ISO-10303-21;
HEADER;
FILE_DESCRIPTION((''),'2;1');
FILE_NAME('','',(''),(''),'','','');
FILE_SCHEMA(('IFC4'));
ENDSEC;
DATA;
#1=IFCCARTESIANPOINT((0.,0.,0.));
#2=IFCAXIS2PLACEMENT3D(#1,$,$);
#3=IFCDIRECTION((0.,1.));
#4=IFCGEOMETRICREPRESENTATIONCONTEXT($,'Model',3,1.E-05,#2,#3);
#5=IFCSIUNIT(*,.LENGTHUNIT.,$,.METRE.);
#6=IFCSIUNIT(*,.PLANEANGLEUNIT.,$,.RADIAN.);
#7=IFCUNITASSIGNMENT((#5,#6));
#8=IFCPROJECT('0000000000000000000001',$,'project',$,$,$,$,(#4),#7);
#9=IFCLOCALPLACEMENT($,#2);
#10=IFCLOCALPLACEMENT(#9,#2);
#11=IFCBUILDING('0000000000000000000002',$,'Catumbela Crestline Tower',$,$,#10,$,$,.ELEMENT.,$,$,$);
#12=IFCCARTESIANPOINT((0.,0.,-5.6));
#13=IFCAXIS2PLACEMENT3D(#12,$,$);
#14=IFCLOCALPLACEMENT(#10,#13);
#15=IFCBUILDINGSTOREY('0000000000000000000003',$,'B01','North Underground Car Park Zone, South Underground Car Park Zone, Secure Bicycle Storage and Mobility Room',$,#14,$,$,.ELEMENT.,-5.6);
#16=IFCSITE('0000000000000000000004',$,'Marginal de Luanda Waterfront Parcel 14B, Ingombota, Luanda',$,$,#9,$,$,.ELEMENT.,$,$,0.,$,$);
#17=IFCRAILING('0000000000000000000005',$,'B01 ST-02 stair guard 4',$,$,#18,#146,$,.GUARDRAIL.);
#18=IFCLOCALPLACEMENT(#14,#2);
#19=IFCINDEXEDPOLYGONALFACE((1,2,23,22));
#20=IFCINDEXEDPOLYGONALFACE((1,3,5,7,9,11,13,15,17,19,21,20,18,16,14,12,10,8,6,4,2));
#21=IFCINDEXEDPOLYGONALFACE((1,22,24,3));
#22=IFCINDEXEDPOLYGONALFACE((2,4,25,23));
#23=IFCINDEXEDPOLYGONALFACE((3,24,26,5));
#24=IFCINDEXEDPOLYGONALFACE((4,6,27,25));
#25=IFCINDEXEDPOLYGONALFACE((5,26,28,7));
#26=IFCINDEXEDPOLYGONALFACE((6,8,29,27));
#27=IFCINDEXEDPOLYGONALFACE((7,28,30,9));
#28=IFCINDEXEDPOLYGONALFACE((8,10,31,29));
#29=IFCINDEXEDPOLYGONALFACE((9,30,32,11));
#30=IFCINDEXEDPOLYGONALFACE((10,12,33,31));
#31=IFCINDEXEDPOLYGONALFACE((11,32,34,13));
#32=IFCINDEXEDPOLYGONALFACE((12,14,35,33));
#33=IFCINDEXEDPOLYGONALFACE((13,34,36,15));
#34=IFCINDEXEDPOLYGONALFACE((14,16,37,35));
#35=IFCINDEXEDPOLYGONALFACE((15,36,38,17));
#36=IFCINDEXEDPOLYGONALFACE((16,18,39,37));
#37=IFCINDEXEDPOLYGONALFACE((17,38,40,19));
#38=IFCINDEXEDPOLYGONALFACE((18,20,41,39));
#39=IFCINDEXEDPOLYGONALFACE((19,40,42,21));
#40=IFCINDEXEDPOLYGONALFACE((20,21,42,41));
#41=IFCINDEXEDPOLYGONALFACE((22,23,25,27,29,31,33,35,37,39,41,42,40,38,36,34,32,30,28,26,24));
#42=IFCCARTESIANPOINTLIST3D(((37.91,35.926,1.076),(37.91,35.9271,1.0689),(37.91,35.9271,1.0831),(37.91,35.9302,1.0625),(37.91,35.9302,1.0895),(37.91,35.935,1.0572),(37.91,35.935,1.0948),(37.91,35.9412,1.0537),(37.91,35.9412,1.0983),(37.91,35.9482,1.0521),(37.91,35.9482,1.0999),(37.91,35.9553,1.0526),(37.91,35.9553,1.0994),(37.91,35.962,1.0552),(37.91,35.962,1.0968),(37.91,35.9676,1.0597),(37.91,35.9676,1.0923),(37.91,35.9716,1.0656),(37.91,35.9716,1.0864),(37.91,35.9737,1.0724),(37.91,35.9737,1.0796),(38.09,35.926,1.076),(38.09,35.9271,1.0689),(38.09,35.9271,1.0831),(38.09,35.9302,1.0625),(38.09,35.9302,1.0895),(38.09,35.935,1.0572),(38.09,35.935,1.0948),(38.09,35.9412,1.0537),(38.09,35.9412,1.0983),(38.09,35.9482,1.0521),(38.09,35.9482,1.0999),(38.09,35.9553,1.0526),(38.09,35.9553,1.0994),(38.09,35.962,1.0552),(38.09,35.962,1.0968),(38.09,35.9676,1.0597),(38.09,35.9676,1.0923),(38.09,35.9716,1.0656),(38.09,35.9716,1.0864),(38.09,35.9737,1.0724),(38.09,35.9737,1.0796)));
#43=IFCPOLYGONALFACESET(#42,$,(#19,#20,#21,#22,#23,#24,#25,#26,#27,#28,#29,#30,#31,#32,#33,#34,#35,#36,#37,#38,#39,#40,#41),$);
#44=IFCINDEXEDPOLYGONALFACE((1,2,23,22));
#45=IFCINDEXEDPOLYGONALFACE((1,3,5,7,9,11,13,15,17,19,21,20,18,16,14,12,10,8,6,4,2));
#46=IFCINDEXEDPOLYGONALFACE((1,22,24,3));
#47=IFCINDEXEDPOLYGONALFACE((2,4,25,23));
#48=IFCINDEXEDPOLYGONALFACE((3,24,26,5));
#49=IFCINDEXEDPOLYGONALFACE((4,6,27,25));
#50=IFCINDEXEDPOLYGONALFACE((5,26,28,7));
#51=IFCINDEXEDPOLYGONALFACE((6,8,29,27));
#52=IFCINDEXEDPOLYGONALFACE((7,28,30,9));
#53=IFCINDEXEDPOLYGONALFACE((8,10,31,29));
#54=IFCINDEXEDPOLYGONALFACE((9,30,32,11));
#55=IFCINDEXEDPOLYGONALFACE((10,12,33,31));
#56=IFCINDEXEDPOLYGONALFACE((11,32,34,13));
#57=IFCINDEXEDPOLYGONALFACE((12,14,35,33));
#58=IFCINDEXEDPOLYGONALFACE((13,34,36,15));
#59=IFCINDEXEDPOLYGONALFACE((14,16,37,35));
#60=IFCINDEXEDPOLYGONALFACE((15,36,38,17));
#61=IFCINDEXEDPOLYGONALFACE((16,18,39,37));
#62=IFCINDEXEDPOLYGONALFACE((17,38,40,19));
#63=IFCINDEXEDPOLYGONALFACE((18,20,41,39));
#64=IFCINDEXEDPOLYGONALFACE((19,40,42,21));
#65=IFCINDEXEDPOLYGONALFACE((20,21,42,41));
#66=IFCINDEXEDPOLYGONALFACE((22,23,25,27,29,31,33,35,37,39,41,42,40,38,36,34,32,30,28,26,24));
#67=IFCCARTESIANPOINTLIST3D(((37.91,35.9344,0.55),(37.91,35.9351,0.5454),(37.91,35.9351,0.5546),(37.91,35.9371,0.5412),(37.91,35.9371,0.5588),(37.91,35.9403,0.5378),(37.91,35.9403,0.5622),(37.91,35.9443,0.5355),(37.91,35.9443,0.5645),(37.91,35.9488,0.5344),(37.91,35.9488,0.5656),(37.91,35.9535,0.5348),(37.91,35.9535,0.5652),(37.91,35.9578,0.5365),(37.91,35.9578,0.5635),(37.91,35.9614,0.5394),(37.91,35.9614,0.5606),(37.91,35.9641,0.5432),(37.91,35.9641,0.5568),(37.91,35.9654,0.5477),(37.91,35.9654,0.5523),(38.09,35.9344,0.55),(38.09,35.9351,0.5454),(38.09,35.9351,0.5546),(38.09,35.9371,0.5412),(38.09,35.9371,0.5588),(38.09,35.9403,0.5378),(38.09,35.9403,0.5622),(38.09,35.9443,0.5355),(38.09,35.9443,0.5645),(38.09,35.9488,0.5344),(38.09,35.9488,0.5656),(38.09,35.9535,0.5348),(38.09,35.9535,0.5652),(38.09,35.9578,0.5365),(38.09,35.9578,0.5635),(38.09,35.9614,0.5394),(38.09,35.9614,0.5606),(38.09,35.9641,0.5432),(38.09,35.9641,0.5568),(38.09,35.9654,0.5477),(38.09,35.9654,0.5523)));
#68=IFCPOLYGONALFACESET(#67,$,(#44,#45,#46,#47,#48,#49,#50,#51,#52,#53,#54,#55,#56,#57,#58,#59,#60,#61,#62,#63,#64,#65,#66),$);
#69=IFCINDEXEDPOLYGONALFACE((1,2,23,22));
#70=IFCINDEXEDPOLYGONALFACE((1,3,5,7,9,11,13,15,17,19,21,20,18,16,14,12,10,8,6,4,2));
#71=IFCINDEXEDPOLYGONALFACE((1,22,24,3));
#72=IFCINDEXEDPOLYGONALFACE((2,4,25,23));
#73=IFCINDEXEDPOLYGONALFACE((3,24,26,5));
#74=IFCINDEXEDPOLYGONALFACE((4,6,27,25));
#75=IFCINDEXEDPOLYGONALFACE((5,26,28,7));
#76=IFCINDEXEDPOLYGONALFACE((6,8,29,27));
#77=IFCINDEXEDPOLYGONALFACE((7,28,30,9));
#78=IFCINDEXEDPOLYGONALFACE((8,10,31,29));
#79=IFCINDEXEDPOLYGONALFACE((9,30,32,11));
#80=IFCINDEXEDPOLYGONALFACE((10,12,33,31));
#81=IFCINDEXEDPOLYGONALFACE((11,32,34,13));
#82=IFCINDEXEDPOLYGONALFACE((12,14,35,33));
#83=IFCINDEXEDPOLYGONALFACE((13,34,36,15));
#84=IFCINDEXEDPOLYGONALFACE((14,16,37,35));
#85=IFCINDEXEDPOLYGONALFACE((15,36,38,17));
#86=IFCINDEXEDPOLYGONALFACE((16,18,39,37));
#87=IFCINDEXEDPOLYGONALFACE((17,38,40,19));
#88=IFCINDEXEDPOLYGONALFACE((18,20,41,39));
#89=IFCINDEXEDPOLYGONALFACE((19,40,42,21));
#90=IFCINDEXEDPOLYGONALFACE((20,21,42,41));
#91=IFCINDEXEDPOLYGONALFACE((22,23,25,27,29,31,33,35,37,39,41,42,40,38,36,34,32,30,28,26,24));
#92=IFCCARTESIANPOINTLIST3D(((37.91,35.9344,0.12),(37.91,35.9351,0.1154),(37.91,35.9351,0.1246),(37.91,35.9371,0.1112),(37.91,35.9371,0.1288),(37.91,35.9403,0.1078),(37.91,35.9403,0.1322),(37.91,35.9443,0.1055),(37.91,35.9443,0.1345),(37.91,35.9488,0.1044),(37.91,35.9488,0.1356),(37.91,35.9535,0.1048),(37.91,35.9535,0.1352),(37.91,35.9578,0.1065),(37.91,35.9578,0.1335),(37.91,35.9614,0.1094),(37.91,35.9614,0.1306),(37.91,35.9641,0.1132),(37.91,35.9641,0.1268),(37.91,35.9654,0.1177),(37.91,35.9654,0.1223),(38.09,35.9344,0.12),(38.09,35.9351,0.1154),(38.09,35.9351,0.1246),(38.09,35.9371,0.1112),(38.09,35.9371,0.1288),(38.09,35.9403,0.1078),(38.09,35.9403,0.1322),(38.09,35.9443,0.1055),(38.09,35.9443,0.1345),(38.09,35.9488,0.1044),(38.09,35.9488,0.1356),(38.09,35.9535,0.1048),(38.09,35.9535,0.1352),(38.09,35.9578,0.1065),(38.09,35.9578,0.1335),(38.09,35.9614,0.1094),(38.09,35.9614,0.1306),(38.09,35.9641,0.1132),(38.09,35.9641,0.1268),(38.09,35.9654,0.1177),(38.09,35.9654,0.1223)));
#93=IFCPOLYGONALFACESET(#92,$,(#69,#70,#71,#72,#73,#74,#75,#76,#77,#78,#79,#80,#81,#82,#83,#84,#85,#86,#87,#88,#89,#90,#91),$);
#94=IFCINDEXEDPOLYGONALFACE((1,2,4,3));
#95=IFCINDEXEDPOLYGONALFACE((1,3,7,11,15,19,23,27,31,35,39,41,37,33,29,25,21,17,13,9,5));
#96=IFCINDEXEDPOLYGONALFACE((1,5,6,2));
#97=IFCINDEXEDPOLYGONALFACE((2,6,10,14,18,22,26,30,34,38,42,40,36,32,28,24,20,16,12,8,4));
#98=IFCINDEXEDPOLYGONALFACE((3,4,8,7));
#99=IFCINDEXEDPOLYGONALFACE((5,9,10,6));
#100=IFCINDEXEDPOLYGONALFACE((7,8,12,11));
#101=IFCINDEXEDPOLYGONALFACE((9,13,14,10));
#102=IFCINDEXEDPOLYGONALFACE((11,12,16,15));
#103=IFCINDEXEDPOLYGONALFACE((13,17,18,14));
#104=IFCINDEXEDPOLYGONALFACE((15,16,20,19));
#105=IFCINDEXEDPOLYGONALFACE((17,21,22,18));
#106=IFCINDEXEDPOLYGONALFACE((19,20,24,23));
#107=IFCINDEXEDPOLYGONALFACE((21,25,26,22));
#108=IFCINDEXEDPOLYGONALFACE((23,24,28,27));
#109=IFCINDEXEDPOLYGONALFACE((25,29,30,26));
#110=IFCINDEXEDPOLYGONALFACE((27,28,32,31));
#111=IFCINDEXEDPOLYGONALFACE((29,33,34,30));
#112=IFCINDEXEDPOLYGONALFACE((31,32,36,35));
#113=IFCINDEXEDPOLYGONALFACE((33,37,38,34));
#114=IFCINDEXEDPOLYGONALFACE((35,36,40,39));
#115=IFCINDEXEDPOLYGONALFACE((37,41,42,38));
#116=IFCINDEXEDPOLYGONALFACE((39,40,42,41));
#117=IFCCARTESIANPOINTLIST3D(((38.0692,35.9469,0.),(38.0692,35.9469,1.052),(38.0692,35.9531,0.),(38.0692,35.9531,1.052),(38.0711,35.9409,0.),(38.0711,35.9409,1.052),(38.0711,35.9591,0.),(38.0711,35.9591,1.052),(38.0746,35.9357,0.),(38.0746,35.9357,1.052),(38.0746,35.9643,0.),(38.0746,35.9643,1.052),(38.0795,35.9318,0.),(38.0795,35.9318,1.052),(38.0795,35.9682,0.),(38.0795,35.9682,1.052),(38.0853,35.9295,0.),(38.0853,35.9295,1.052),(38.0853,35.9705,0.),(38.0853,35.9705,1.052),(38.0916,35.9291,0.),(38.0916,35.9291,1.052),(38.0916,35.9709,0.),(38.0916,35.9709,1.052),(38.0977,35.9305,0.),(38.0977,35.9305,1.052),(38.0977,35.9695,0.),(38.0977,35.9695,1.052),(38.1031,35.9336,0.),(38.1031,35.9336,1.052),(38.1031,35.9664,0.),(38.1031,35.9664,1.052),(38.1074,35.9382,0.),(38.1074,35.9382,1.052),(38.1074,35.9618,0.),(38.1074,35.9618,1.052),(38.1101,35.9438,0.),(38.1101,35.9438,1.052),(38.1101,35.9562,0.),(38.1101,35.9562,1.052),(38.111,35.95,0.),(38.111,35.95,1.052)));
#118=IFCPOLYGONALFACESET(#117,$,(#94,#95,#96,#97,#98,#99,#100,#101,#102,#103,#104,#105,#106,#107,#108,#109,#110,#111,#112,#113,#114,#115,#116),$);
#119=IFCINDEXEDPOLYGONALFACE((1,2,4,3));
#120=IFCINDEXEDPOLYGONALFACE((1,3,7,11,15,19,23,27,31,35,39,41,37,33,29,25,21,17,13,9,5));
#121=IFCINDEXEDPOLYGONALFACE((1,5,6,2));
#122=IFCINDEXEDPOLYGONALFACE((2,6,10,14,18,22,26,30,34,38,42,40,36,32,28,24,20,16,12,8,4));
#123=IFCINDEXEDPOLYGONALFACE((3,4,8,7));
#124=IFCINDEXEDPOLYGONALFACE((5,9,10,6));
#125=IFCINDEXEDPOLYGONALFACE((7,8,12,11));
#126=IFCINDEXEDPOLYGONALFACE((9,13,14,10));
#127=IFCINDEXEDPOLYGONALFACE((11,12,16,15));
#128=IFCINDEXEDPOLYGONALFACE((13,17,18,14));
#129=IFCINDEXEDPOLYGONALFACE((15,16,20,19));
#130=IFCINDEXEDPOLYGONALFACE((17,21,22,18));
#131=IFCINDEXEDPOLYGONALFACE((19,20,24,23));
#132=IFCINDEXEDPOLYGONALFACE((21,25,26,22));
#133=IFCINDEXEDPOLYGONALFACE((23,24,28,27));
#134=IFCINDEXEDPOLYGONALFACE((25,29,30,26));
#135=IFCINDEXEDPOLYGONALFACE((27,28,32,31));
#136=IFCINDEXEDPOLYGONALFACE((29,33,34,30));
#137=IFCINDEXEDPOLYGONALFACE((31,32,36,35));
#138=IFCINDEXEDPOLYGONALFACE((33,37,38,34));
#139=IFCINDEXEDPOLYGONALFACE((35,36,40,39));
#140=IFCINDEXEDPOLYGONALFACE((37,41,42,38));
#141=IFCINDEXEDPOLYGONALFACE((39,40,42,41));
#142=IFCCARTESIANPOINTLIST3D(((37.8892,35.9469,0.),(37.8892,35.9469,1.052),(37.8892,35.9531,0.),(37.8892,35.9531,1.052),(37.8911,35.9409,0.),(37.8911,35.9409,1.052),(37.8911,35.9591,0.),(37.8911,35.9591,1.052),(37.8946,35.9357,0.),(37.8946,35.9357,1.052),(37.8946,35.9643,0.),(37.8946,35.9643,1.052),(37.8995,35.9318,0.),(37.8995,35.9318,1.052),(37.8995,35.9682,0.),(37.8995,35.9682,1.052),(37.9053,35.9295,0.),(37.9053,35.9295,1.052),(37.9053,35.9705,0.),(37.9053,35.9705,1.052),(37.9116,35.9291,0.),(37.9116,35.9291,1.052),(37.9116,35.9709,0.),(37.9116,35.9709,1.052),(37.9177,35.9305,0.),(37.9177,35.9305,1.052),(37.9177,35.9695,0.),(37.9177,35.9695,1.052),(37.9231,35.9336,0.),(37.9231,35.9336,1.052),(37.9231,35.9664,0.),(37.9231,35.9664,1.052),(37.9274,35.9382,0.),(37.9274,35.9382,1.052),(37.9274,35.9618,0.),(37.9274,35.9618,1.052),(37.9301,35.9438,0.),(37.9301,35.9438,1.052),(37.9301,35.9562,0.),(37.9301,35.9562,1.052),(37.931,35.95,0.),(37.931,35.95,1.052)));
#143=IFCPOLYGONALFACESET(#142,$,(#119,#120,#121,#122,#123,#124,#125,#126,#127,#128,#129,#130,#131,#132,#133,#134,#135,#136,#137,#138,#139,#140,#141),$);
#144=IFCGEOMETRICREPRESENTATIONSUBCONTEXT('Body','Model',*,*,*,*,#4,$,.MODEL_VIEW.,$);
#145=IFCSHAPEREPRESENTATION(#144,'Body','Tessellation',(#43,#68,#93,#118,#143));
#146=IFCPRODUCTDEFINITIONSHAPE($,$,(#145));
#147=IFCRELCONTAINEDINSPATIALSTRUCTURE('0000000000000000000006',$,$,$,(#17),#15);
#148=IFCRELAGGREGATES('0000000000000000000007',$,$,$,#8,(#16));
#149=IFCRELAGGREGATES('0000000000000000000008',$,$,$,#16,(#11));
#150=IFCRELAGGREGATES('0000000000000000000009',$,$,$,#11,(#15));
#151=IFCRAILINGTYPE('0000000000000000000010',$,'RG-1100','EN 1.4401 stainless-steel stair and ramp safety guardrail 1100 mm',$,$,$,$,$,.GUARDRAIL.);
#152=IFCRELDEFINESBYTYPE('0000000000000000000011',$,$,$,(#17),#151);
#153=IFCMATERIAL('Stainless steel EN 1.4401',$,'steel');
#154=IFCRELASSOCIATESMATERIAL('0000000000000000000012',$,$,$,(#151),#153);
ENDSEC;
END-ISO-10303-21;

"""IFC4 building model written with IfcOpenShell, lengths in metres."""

from ifc_helpers import new_model, si_unit, direction, frame, origin, origin_2d, place, context, subcontext, project, spatial, circle, extrude, material, type_object, element, save


model = new_model("IFC4")

# Units and contexts
model_context = context("Model", 3, precision=1e-05, world=origin(), true_north=direction((0.0, 1.0)))
body_context = subcontext(model_context, "Body", "Model", "MODEL_VIEW")
ifc_project = project(units=[si_unit("LENGTHUNIT", "METRE"), si_unit("PLANEANGLEUNIT", "RADIAN")], contexts=[model_context])

# Site, building, storey
site_placement = place(None, origin())
site = spatial("IfcSite", under=ifc_project, at=site_placement, Name="Marginal de Luanda Waterfront Parcel 14B, Ingombota, Luanda", CompositionType="ELEMENT", RefElevation=0.0)
building_placement = place(site_placement, origin())
building = spatial("IfcBuilding", under=site, at=building_placement, Name="Catumbela Crestline Tower", CompositionType="ELEMENT")
storey_placement = place(building_placement, frame((0.0, 0.0, -5.6)))
storey = spatial("IfcBuildingStorey", under=building, at=storey_placement, Name="B01", Description="North Underground Car Park Zone, South Underground Car Park Zone, Secure Bicycle Storage and Mobility Room", CompositionType="ELEMENT", Elevation=-5.6)

# Shared definitions
ifc_material_1 = material(Name="Stainless steel EN 1.4401", Category="steel")

# Railing
railing_type_1 = type_object("IfcRailingType", Name="RG-1100", Description="EN 1.4401 stainless-steel stair and ramp safety guardrail 1100 mm", PredefinedType="GUARDRAIL", material=ifc_material_1)
railing_1_placement = place(storey_placement, frame((38.09, 35.95, 0.0)))
element("IfcRailing", 1, at=railing_1_placement, inside=storey, type_object=railing_type_1, Name="B01 ST-02 stair guard 4", PredefinedType="GUARDRAIL", context=body_context, shape_type="SweptSolid", body=[
    extrude(circle(Radius=0.024, at=origin_2d()), frame((0.0, 0.0, 1.076), z_axis=(-1.0, 0.0, 0.0), x_axis=(0.0, -1.0, 0.0)), (0.0, 0.0, 1.0), 0.18),
    extrude(circle(Radius=0.0156, at=origin_2d()), frame((0.0, 0.0, 0.55), z_axis=(-1.0, 0.0, 0.0), x_axis=(0.0, -1.0, 0.0)), (0.0, 0.0, 1.0), 0.18),
    extrude(circle(Radius=0.0156, at=origin_2d()), frame((0.0, 0.0, 0.12), z_axis=(-1.0, 0.0, 0.0), x_axis=(0.0, -1.0, 0.0)), (0.0, 0.0, 1.0), 0.18),
    extrude(circle(Radius=0.021, at=origin_2d()), origin(), (0.0, 0.0, 1.0), 1.052),
    extrude(circle(Radius=0.021, at=origin_2d()), frame((-0.18, 0.0, 0.0)), (0.0, 0.0, 1.0), 1.052),
])

save(model, "model.ifc")
